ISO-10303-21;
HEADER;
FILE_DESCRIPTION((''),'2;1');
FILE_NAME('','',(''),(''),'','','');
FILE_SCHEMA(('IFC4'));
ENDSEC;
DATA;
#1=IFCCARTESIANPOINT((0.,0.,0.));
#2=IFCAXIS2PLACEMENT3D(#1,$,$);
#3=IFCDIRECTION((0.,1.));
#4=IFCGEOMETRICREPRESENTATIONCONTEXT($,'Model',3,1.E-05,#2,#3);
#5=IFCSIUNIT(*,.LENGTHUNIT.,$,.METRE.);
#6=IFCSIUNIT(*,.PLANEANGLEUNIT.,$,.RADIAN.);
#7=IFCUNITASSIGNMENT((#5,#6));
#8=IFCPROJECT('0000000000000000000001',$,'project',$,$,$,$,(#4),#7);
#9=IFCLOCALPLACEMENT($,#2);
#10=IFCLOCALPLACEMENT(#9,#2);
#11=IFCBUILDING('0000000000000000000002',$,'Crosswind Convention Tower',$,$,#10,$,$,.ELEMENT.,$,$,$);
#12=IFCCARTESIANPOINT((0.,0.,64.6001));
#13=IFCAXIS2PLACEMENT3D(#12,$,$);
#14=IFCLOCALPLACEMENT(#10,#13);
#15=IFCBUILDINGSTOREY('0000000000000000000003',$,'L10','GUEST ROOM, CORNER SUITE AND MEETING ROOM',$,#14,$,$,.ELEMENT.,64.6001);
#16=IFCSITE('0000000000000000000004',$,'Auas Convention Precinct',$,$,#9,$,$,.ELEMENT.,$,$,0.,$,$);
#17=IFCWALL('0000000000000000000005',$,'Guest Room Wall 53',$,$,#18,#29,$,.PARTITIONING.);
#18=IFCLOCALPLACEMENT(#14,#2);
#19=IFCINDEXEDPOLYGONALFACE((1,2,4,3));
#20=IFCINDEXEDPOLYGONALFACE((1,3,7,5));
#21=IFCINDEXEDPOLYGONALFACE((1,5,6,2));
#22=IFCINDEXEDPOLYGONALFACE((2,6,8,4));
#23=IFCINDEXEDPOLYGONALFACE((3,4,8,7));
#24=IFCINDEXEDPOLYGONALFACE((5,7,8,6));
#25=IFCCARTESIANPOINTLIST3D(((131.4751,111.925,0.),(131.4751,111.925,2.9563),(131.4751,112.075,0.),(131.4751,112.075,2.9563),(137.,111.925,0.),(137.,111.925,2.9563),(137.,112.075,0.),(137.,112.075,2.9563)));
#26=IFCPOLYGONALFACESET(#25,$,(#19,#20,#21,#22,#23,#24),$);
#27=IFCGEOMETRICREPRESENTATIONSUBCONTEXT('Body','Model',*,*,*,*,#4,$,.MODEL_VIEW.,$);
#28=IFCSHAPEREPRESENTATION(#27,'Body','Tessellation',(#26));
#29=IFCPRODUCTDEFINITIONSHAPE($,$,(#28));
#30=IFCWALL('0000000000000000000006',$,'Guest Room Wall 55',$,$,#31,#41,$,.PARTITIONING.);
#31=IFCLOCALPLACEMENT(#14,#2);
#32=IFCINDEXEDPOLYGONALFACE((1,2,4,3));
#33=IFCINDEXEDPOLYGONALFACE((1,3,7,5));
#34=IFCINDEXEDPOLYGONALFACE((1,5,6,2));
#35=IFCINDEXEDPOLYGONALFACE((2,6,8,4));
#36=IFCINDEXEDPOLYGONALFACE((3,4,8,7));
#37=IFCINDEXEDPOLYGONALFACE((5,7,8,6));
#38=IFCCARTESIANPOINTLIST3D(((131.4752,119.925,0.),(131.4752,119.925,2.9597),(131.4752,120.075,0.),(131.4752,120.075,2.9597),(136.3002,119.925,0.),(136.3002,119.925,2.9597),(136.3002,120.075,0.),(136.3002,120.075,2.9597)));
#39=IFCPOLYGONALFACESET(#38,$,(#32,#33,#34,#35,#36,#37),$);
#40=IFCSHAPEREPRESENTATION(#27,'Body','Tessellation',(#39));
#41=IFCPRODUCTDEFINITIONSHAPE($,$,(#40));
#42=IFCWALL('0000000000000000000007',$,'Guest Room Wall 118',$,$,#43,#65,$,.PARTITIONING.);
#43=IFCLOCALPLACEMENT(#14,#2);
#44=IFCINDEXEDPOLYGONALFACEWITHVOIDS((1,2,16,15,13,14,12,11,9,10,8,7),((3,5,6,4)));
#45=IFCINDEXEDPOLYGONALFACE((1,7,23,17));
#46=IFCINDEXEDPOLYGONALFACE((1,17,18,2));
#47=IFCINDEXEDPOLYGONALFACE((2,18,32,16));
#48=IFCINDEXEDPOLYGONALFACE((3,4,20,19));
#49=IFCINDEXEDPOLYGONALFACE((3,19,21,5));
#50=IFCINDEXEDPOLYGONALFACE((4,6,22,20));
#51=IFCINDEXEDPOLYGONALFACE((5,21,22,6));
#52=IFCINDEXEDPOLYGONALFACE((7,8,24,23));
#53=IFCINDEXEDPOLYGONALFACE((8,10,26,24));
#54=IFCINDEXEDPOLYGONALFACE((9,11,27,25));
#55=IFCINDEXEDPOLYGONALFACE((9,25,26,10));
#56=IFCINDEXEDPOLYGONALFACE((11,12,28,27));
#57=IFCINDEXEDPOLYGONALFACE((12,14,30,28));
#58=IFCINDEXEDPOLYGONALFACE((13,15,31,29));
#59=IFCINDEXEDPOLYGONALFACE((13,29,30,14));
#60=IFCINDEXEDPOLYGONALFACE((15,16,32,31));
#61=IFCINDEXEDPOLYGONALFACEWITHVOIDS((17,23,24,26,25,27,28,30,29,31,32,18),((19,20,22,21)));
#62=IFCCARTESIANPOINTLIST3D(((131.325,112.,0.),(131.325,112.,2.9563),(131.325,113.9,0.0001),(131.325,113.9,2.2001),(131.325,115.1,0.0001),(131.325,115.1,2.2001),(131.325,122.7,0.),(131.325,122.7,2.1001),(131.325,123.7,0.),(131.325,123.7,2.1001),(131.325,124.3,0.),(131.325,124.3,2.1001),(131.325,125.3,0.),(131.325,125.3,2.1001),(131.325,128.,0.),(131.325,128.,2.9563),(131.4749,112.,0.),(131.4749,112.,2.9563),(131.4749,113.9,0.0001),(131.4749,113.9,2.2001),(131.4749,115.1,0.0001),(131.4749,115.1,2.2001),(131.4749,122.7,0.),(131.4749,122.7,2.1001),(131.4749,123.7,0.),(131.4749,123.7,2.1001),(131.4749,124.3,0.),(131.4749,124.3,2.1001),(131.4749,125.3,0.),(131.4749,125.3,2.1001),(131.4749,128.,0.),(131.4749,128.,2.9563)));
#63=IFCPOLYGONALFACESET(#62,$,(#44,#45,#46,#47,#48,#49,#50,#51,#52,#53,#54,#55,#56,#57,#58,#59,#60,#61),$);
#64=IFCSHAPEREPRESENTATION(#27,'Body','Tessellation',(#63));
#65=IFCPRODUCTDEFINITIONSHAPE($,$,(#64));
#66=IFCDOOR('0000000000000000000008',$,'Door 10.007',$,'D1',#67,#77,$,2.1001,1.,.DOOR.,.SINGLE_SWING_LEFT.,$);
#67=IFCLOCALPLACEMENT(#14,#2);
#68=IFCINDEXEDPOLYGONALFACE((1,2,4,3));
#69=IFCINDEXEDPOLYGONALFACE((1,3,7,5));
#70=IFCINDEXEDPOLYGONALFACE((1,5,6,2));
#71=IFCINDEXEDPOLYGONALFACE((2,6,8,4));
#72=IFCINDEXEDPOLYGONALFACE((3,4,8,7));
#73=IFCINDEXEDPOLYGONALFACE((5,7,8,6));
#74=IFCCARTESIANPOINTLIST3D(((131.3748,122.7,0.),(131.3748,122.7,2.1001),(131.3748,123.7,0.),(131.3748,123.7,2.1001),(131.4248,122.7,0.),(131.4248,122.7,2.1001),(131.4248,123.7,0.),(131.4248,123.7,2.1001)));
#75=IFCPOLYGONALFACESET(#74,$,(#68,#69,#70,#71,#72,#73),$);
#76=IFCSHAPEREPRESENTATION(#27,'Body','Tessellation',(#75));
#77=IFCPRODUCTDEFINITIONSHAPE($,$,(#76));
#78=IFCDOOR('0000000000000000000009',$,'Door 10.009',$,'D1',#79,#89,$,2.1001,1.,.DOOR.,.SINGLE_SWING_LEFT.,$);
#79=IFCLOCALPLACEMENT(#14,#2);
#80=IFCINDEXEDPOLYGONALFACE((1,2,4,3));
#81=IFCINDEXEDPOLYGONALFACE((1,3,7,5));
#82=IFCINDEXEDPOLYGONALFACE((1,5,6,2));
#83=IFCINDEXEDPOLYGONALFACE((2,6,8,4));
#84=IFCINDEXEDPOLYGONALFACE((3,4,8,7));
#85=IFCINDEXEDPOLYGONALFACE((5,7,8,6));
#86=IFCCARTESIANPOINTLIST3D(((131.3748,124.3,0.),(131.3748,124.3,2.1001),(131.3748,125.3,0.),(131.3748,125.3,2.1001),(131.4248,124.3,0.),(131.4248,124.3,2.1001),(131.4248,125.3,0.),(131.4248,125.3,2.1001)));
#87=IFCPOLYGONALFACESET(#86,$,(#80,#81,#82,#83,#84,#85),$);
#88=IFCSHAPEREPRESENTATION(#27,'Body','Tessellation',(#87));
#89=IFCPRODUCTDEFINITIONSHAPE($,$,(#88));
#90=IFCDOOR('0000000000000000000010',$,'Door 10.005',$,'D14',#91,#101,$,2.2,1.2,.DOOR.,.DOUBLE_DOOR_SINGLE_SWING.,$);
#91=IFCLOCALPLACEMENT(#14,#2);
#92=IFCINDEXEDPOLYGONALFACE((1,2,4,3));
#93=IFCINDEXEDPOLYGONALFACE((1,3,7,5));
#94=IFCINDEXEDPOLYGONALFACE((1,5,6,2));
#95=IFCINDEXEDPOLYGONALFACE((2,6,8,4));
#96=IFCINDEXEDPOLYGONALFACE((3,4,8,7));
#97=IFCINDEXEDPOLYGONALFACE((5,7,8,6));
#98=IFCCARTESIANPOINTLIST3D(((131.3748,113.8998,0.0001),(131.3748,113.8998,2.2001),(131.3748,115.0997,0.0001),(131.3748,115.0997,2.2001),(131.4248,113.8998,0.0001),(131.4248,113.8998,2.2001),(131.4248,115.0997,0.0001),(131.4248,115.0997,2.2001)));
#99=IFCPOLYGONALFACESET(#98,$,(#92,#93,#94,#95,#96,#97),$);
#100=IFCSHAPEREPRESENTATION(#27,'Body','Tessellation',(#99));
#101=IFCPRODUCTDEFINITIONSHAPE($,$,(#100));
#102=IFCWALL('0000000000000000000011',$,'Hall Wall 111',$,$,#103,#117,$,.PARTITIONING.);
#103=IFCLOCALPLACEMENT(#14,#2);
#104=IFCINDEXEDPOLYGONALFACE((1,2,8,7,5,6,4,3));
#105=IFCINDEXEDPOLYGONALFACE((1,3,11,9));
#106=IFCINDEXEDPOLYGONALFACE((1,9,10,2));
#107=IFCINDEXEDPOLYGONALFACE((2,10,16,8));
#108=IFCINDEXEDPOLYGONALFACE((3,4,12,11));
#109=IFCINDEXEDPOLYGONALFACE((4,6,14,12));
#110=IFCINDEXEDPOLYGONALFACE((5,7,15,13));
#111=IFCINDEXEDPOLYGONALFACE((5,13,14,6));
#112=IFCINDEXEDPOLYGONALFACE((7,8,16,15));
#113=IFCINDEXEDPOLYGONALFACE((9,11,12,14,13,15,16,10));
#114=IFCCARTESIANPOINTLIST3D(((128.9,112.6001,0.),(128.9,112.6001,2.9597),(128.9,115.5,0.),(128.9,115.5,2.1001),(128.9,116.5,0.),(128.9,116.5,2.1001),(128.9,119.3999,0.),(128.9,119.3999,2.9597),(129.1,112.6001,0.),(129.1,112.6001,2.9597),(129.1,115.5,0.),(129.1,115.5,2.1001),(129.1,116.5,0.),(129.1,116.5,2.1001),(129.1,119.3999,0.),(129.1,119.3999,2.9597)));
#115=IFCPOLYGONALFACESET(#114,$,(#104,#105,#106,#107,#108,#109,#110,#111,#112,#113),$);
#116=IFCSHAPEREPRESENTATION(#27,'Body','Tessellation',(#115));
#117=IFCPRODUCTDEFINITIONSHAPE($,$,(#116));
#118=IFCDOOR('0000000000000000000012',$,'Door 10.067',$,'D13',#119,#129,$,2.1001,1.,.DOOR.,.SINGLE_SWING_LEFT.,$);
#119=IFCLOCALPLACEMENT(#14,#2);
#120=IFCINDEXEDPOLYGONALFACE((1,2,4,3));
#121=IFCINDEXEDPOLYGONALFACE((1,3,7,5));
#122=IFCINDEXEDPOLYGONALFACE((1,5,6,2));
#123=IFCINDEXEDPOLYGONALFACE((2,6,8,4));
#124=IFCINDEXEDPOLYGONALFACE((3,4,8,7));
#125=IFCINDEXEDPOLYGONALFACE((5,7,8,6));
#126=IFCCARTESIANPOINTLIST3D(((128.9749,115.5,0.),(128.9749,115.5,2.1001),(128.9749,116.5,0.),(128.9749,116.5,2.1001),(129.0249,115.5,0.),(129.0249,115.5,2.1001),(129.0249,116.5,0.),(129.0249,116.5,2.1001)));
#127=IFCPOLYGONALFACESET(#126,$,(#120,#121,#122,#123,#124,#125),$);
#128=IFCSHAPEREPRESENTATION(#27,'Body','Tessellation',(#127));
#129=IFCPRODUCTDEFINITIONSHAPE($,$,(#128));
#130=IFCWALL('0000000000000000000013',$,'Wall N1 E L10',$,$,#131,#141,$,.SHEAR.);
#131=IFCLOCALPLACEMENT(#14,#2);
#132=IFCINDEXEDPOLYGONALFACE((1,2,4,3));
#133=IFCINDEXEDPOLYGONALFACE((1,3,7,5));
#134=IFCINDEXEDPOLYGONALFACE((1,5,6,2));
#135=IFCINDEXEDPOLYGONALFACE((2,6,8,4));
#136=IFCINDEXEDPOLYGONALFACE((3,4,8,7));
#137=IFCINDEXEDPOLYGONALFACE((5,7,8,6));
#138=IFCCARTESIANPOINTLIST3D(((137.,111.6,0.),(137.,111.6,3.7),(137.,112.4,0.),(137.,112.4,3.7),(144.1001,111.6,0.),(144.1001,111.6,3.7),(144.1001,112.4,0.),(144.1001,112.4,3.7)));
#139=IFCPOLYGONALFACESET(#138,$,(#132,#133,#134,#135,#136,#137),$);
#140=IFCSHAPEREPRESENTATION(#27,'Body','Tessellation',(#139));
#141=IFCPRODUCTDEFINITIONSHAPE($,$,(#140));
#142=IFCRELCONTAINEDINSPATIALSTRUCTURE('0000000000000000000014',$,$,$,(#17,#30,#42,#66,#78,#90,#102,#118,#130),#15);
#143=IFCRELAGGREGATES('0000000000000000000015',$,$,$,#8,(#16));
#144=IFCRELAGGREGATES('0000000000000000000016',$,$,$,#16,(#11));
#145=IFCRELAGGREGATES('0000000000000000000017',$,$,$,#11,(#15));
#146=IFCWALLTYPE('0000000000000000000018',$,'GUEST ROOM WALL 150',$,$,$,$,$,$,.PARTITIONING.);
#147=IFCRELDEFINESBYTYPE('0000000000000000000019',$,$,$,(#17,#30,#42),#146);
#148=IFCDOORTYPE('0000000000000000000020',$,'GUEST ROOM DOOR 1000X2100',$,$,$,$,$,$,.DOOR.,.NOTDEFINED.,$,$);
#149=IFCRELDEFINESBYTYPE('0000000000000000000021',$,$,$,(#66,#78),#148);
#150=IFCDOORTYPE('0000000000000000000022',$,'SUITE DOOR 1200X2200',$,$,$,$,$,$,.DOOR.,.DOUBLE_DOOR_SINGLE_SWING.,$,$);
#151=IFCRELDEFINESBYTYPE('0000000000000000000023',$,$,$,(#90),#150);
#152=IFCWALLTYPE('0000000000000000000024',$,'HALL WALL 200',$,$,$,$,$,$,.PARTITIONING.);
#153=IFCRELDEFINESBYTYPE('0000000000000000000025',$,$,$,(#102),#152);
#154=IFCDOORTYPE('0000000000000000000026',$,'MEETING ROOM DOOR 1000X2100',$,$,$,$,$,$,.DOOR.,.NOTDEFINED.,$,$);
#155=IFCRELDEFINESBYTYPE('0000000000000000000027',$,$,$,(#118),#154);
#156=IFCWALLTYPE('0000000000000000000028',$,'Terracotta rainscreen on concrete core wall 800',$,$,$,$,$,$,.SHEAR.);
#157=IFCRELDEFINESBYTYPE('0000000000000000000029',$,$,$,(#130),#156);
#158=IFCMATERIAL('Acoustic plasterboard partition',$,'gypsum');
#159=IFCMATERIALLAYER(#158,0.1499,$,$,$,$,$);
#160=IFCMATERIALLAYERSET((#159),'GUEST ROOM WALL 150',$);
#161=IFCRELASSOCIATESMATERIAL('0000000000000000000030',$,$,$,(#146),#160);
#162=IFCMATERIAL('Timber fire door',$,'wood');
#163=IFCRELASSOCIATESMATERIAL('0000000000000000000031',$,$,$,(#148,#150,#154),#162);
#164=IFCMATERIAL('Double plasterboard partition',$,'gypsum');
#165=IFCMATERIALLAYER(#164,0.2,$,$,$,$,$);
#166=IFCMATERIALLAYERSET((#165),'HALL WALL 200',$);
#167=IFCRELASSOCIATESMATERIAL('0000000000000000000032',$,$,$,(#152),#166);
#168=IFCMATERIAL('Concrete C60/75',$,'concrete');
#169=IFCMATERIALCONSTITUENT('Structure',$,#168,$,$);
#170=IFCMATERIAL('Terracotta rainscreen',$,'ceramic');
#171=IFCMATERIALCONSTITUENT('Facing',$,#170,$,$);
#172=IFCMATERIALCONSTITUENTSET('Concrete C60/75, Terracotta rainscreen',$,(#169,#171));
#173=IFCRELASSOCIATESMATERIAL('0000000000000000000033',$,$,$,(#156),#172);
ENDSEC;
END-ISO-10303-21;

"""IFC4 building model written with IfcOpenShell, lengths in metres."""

from ifc_helpers import new_model, si_unit, direction, frame, frame_2d, origin, place, context, subcontext, project, spatial, rectangle, extrude, material, layer, layer_set, constituent, constituent_set, type_object, element, fill, save


model = new_model("IFC4")

# Units and contexts
model_context = context("Model", 3, precision=1e-05, world=origin(), true_north=direction((0.0, 1.0)))
body_context = subcontext(model_context, "Body", "Model", "MODEL_VIEW")
ifc_project = project(units=[si_unit("LENGTHUNIT", "METRE"), si_unit("PLANEANGLEUNIT", "RADIAN")], contexts=[model_context])

# Site, building, storey
site_placement = place(None, origin())
site = spatial("IfcSite", under=ifc_project, at=site_placement, Name="Auas Convention Precinct", CompositionType="ELEMENT", RefElevation=0.0)
building_placement = place(site_placement, origin())
building = spatial("IfcBuilding", under=site, at=building_placement, Name="Crosswind Convention Tower", CompositionType="ELEMENT")
storey_placement = place(building_placement, frame((0.0, 0.0, 64.6001)))
storey = spatial("IfcBuildingStorey", under=building, at=storey_placement, Name="L10", Description="GUEST ROOM, CORNER SUITE AND MEETING ROOM", CompositionType="ELEMENT", Elevation=64.6001)

# Walls
ifc_material_1 = material(Name="Acoustic plasterboard partition", Category="gypsum")
ifc_layer_1 = layer(ifc_material_1, 0.1499)
ifc_layer_set_1 = layer_set([ifc_layer_1], Name="GUEST ROOM WALL 150")
wall_type_1 = type_object("IfcWallType", Name="GUEST ROOM WALL 150", PredefinedType="PARTITIONING", material=ifc_layer_set_1)
wall_1_placement = place(storey_placement, frame((131.4751, 112.0, 0.0), z_axis=(0.0, 0.0, 1.0), x_axis=(1.0, 0.0, 0.0)))
element("IfcWall", 1, at=wall_1_placement, inside=storey, type_object=wall_type_1, Name="Guest Room Wall 53", PredefinedType="PARTITIONING", context=body_context, shape_type="SweptSolid", body=[
    extrude(rectangle(XDim=5.5249, YDim=0.1499, at=frame_2d((2.7625, 0.0))), origin(), (0.0, 0.0, 1.0), 2.9563),
])
wall_2_placement = place(storey_placement, frame((131.4751, 120.0, 0.0), z_axis=(0.0, 0.0, 1.0), x_axis=(1.0, 0.0, 0.0)))
element("IfcWall", 2, at=wall_2_placement, inside=storey, type_object=wall_type_1, Name="Guest Room Wall 55", PredefinedType="PARTITIONING", context=body_context, shape_type="SweptSolid", body=[
    extrude(rectangle(XDim=4.825, YDim=0.1499, at=frame_2d((2.4126, 0.0))), origin(), (0.0, 0.0, 1.0), 2.9597),
])

# Wall, openings, doors
wall_3_placement = place(storey_placement, frame((131.3999, 112.0, 0.0), z_axis=(0.0, 0.0, 1.0), x_axis=(0.0, 1.0, 0.0)))
wall_3 = element("IfcWall", 3, at=wall_3_placement, inside=storey, type_object=wall_type_1, Name="Guest Room Wall 118", PredefinedType="PARTITIONING", context=body_context, shape_type="SweptSolid", body=[
    extrude(rectangle(XDim=16.0, YDim=0.1499, at=frame_2d((8.0, 0.0))), origin(), (0.0, 0.0, 1.0), 2.9563),
])
opening_1_placement = place(wall_3_placement, frame((1.8999, 0.0, 0.0)))
opening_1 = element("IfcOpeningElement", 4, at=opening_1_placement, cuts=wall_3, PredefinedType="OPENING", context=body_context, shape_type="SweptSolid", body=[
    extrude(rectangle(XDim=1.2, YDim=2.2, at=frame_2d((0.6001, 1.1001))), frame((0.0, 0.085, 0.0), z_axis=(0.0, -1.0, 0.0), x_axis=(1.0, 0.0, 0.0)), (0.0, 0.0, 1.0), 0.1699),
])
opening_2_placement = place(wall_3_placement, frame((10.7, 0.0, 0.0)))
opening_2 = element("IfcOpeningElement", 5, at=opening_2_placement, cuts=wall_3, PredefinedType="OPENING", context=body_context, shape_type="SweptSolid", body=[
    extrude(rectangle(XDim=1.0, YDim=2.1001, at=frame_2d((0.5, 1.05))), frame((0.0, 0.085, 0.0), z_axis=(0.0, -1.0, 0.0), x_axis=(1.0, 0.0, 0.0)), (0.0, 0.0, 1.0), 0.1699),
])
opening_3_placement = place(wall_3_placement, frame((12.3, 0.0, 0.0)))
opening_3 = element("IfcOpeningElement", 6, at=opening_3_placement, cuts=wall_3, PredefinedType="OPENING", context=body_context, shape_type="SweptSolid", body=[
    extrude(rectangle(XDim=1.0, YDim=2.1001, at=frame_2d((0.5, 1.05))), frame((0.0, 0.085, 0.0), z_axis=(0.0, -1.0, 0.0), x_axis=(1.0, 0.0, 0.0)), (0.0, 0.0, 1.0), 0.1699),
])
ifc_material_2 = material(Name="Timber fire door", Category="wood")
door_type_1 = type_object("IfcDoorType", Name="GUEST ROOM DOOR 1000X2100", OperationType="NOTDEFINED", PredefinedType="DOOR", material=ifc_material_2)
door_1_placement = place(opening_2_placement, frame((1.0, 0.0, 0.0), z_axis=(0.0, 0.0, 1.0), x_axis=(-1.0, 0.0, 0.0)))
door_1 = element("IfcDoor", 7, at=door_1_placement, inside=storey, type_object=door_type_1, Name="Door 10.007", ObjectType="D1", OperationType="SINGLE_SWING_LEFT", OverallHeight=2.1001, OverallWidth=1.0, PredefinedType="DOOR", context=body_context, shape_type="SweptSolid", body=[
    extrude(rectangle(XDim=1.0, YDim=2.1001, at=frame_2d((0.5, 1.05))), frame((0.0, 0.0249, 0.0), z_axis=(0.0, -1.0, 0.0), x_axis=(1.0, 0.0, 0.0)), (0.0, 0.0, 1.0), 0.05),
])
fill(opening_2, door_1)
door_2_placement = place(opening_3_placement, frame((1.0, 0.0, 0.0), z_axis=(0.0, 0.0, 1.0), x_axis=(-1.0, 0.0, 0.0)))
door_2 = element("IfcDoor", 8, at=door_2_placement, inside=storey, type_object=door_type_1, Name="Door 10.009", ObjectType="D1", OperationType="SINGLE_SWING_LEFT", OverallHeight=2.1001, OverallWidth=1.0, PredefinedType="DOOR", context=body_context, shape_type="SweptSolid", body=[
    extrude(rectangle(XDim=1.0, YDim=2.1001, at=frame_2d((0.5, 1.05))), frame((0.0, 0.0249, 0.0), z_axis=(0.0, -1.0, 0.0), x_axis=(1.0, 0.0, 0.0)), (0.0, 0.0, 1.0), 0.05),
])
fill(opening_3, door_2)
door_type_2 = type_object("IfcDoorType", Name="SUITE DOOR 1200X2200", OperationType="DOUBLE_DOOR_SINGLE_SWING", PredefinedType="DOOR", material=ifc_material_2)
door_3_placement = place(opening_1_placement, frame((1.2, 0.0, 0.0), z_axis=(0.0, 0.0, 1.0), x_axis=(-1.0, 0.0, 0.0)))
door_3 = element("IfcDoor", 9, at=door_3_placement, inside=storey, type_object=door_type_2, Name="Door 10.005", ObjectType="D14", OperationType="DOUBLE_DOOR_SINGLE_SWING", OverallHeight=2.2, OverallWidth=1.2, PredefinedType="DOOR", context=body_context, shape_type="SweptSolid", body=[
    extrude(rectangle(XDim=1.2, YDim=2.2, at=frame_2d((0.6001, 1.1001))), frame((0.0, 0.0249, 0.0), z_axis=(0.0, -1.0, 0.0), x_axis=(1.0, 0.0, 0.0)), (0.0, 0.0, 1.0), 0.05),
])
fill(opening_1, door_3)

# Wall, opening, door
ifc_material_3 = material(Name="Double plasterboard partition", Category="gypsum")
ifc_layer_2 = layer(ifc_material_3, 0.2)
ifc_layer_set_2 = layer_set([ifc_layer_2], Name="HALL WALL 200")
wall_type_2 = type_object("IfcWallType", Name="HALL WALL 200", PredefinedType="PARTITIONING", material=ifc_layer_set_2)
wall_4_placement = place(storey_placement, frame((129.0, 112.6001, 0.0), z_axis=(0.0, 0.0, 1.0), x_axis=(0.0, 1.0, 0.0)))
wall_4 = element("IfcWall", 10, at=wall_4_placement, inside=storey, type_object=wall_type_2, Name="Hall Wall 111", PredefinedType="PARTITIONING", context=body_context, shape_type="SweptSolid", body=[
    extrude(rectangle(XDim=6.7998, YDim=0.2, at=frame_2d((3.3999, 0.0))), origin(), (0.0, 0.0, 1.0), 2.9597),
])
opening_4_placement = place(wall_4_placement, frame((2.8999, 0.0, 0.0)))
opening_4 = element("IfcOpeningElement", 11, at=opening_4_placement, cuts=wall_4, PredefinedType="OPENING", context=body_context, shape_type="SweptSolid", body=[
    extrude(rectangle(XDim=1.0, YDim=2.1001, at=frame_2d((0.5, 1.05))), frame((0.0, 0.1099, 0.0), z_axis=(0.0, -1.0, 0.0), x_axis=(1.0, 0.0, 0.0)), (0.0, 0.0, 1.0), 0.22),
])
door_type_3 = type_object("IfcDoorType", Name="MEETING ROOM DOOR 1000X2100", OperationType="NOTDEFINED", PredefinedType="DOOR", material=ifc_material_2)
door_4_placement = place(opening_4_placement, frame((1.0, 0.0, 0.0), z_axis=(0.0, 0.0, 1.0), x_axis=(-1.0, 0.0, 0.0)))
door_4 = element("IfcDoor", 12, at=door_4_placement, inside=storey, type_object=door_type_3, Name="Door 10.067", ObjectType="D13", OperationType="SINGLE_SWING_LEFT", OverallHeight=2.1001, OverallWidth=1.0, PredefinedType="DOOR", context=body_context, shape_type="SweptSolid", body=[
    extrude(rectangle(XDim=1.0, YDim=2.1001, at=frame_2d((0.5, 1.05))), frame((0.0, 0.0249, 0.0), z_axis=(0.0, -1.0, 0.0), x_axis=(1.0, 0.0, 0.0)), (0.0, 0.0, 1.0), 0.05),
])
fill(opening_4, door_4)

# Wall
ifc_material_4 = material(Name="Concrete C60/75", Category="concrete")
ifc_constituent_1 = constituent(ifc_material_4, Name="Structure")
ifc_material_5 = material(Name="Terracotta rainscreen", Category="ceramic")
ifc_constituent_2 = constituent(ifc_material_5, Name="Facing")
ifc_constituent_set = constituent_set(constituents=[ifc_constituent_1, ifc_constituent_2], Name="Concrete C60/75, Terracotta rainscreen")
wall_type_3 = type_object("IfcWallType", Name="Terracotta rainscreen on concrete core wall 800", PredefinedType="SHEAR", material=ifc_constituent_set)
wall_5_placement = place(storey_placement, frame((137.0, 112.0, 0.0), z_axis=(0.0, 0.0, 1.0), x_axis=(1.0, 0.0, 0.0)))
element("IfcWall", 13, at=wall_5_placement, inside=storey, type_object=wall_type_3, Name="Wall N1 E L10", PredefinedType="SHEAR", context=body_context, shape_type="SweptSolid", body=[
    extrude(rectangle(XDim=7.1001, YDim=0.8, at=frame_2d((3.55, 0.0))), origin(), (0.0, 0.0, 1.0), 3.7),
])

save(model, "model.ifc")
